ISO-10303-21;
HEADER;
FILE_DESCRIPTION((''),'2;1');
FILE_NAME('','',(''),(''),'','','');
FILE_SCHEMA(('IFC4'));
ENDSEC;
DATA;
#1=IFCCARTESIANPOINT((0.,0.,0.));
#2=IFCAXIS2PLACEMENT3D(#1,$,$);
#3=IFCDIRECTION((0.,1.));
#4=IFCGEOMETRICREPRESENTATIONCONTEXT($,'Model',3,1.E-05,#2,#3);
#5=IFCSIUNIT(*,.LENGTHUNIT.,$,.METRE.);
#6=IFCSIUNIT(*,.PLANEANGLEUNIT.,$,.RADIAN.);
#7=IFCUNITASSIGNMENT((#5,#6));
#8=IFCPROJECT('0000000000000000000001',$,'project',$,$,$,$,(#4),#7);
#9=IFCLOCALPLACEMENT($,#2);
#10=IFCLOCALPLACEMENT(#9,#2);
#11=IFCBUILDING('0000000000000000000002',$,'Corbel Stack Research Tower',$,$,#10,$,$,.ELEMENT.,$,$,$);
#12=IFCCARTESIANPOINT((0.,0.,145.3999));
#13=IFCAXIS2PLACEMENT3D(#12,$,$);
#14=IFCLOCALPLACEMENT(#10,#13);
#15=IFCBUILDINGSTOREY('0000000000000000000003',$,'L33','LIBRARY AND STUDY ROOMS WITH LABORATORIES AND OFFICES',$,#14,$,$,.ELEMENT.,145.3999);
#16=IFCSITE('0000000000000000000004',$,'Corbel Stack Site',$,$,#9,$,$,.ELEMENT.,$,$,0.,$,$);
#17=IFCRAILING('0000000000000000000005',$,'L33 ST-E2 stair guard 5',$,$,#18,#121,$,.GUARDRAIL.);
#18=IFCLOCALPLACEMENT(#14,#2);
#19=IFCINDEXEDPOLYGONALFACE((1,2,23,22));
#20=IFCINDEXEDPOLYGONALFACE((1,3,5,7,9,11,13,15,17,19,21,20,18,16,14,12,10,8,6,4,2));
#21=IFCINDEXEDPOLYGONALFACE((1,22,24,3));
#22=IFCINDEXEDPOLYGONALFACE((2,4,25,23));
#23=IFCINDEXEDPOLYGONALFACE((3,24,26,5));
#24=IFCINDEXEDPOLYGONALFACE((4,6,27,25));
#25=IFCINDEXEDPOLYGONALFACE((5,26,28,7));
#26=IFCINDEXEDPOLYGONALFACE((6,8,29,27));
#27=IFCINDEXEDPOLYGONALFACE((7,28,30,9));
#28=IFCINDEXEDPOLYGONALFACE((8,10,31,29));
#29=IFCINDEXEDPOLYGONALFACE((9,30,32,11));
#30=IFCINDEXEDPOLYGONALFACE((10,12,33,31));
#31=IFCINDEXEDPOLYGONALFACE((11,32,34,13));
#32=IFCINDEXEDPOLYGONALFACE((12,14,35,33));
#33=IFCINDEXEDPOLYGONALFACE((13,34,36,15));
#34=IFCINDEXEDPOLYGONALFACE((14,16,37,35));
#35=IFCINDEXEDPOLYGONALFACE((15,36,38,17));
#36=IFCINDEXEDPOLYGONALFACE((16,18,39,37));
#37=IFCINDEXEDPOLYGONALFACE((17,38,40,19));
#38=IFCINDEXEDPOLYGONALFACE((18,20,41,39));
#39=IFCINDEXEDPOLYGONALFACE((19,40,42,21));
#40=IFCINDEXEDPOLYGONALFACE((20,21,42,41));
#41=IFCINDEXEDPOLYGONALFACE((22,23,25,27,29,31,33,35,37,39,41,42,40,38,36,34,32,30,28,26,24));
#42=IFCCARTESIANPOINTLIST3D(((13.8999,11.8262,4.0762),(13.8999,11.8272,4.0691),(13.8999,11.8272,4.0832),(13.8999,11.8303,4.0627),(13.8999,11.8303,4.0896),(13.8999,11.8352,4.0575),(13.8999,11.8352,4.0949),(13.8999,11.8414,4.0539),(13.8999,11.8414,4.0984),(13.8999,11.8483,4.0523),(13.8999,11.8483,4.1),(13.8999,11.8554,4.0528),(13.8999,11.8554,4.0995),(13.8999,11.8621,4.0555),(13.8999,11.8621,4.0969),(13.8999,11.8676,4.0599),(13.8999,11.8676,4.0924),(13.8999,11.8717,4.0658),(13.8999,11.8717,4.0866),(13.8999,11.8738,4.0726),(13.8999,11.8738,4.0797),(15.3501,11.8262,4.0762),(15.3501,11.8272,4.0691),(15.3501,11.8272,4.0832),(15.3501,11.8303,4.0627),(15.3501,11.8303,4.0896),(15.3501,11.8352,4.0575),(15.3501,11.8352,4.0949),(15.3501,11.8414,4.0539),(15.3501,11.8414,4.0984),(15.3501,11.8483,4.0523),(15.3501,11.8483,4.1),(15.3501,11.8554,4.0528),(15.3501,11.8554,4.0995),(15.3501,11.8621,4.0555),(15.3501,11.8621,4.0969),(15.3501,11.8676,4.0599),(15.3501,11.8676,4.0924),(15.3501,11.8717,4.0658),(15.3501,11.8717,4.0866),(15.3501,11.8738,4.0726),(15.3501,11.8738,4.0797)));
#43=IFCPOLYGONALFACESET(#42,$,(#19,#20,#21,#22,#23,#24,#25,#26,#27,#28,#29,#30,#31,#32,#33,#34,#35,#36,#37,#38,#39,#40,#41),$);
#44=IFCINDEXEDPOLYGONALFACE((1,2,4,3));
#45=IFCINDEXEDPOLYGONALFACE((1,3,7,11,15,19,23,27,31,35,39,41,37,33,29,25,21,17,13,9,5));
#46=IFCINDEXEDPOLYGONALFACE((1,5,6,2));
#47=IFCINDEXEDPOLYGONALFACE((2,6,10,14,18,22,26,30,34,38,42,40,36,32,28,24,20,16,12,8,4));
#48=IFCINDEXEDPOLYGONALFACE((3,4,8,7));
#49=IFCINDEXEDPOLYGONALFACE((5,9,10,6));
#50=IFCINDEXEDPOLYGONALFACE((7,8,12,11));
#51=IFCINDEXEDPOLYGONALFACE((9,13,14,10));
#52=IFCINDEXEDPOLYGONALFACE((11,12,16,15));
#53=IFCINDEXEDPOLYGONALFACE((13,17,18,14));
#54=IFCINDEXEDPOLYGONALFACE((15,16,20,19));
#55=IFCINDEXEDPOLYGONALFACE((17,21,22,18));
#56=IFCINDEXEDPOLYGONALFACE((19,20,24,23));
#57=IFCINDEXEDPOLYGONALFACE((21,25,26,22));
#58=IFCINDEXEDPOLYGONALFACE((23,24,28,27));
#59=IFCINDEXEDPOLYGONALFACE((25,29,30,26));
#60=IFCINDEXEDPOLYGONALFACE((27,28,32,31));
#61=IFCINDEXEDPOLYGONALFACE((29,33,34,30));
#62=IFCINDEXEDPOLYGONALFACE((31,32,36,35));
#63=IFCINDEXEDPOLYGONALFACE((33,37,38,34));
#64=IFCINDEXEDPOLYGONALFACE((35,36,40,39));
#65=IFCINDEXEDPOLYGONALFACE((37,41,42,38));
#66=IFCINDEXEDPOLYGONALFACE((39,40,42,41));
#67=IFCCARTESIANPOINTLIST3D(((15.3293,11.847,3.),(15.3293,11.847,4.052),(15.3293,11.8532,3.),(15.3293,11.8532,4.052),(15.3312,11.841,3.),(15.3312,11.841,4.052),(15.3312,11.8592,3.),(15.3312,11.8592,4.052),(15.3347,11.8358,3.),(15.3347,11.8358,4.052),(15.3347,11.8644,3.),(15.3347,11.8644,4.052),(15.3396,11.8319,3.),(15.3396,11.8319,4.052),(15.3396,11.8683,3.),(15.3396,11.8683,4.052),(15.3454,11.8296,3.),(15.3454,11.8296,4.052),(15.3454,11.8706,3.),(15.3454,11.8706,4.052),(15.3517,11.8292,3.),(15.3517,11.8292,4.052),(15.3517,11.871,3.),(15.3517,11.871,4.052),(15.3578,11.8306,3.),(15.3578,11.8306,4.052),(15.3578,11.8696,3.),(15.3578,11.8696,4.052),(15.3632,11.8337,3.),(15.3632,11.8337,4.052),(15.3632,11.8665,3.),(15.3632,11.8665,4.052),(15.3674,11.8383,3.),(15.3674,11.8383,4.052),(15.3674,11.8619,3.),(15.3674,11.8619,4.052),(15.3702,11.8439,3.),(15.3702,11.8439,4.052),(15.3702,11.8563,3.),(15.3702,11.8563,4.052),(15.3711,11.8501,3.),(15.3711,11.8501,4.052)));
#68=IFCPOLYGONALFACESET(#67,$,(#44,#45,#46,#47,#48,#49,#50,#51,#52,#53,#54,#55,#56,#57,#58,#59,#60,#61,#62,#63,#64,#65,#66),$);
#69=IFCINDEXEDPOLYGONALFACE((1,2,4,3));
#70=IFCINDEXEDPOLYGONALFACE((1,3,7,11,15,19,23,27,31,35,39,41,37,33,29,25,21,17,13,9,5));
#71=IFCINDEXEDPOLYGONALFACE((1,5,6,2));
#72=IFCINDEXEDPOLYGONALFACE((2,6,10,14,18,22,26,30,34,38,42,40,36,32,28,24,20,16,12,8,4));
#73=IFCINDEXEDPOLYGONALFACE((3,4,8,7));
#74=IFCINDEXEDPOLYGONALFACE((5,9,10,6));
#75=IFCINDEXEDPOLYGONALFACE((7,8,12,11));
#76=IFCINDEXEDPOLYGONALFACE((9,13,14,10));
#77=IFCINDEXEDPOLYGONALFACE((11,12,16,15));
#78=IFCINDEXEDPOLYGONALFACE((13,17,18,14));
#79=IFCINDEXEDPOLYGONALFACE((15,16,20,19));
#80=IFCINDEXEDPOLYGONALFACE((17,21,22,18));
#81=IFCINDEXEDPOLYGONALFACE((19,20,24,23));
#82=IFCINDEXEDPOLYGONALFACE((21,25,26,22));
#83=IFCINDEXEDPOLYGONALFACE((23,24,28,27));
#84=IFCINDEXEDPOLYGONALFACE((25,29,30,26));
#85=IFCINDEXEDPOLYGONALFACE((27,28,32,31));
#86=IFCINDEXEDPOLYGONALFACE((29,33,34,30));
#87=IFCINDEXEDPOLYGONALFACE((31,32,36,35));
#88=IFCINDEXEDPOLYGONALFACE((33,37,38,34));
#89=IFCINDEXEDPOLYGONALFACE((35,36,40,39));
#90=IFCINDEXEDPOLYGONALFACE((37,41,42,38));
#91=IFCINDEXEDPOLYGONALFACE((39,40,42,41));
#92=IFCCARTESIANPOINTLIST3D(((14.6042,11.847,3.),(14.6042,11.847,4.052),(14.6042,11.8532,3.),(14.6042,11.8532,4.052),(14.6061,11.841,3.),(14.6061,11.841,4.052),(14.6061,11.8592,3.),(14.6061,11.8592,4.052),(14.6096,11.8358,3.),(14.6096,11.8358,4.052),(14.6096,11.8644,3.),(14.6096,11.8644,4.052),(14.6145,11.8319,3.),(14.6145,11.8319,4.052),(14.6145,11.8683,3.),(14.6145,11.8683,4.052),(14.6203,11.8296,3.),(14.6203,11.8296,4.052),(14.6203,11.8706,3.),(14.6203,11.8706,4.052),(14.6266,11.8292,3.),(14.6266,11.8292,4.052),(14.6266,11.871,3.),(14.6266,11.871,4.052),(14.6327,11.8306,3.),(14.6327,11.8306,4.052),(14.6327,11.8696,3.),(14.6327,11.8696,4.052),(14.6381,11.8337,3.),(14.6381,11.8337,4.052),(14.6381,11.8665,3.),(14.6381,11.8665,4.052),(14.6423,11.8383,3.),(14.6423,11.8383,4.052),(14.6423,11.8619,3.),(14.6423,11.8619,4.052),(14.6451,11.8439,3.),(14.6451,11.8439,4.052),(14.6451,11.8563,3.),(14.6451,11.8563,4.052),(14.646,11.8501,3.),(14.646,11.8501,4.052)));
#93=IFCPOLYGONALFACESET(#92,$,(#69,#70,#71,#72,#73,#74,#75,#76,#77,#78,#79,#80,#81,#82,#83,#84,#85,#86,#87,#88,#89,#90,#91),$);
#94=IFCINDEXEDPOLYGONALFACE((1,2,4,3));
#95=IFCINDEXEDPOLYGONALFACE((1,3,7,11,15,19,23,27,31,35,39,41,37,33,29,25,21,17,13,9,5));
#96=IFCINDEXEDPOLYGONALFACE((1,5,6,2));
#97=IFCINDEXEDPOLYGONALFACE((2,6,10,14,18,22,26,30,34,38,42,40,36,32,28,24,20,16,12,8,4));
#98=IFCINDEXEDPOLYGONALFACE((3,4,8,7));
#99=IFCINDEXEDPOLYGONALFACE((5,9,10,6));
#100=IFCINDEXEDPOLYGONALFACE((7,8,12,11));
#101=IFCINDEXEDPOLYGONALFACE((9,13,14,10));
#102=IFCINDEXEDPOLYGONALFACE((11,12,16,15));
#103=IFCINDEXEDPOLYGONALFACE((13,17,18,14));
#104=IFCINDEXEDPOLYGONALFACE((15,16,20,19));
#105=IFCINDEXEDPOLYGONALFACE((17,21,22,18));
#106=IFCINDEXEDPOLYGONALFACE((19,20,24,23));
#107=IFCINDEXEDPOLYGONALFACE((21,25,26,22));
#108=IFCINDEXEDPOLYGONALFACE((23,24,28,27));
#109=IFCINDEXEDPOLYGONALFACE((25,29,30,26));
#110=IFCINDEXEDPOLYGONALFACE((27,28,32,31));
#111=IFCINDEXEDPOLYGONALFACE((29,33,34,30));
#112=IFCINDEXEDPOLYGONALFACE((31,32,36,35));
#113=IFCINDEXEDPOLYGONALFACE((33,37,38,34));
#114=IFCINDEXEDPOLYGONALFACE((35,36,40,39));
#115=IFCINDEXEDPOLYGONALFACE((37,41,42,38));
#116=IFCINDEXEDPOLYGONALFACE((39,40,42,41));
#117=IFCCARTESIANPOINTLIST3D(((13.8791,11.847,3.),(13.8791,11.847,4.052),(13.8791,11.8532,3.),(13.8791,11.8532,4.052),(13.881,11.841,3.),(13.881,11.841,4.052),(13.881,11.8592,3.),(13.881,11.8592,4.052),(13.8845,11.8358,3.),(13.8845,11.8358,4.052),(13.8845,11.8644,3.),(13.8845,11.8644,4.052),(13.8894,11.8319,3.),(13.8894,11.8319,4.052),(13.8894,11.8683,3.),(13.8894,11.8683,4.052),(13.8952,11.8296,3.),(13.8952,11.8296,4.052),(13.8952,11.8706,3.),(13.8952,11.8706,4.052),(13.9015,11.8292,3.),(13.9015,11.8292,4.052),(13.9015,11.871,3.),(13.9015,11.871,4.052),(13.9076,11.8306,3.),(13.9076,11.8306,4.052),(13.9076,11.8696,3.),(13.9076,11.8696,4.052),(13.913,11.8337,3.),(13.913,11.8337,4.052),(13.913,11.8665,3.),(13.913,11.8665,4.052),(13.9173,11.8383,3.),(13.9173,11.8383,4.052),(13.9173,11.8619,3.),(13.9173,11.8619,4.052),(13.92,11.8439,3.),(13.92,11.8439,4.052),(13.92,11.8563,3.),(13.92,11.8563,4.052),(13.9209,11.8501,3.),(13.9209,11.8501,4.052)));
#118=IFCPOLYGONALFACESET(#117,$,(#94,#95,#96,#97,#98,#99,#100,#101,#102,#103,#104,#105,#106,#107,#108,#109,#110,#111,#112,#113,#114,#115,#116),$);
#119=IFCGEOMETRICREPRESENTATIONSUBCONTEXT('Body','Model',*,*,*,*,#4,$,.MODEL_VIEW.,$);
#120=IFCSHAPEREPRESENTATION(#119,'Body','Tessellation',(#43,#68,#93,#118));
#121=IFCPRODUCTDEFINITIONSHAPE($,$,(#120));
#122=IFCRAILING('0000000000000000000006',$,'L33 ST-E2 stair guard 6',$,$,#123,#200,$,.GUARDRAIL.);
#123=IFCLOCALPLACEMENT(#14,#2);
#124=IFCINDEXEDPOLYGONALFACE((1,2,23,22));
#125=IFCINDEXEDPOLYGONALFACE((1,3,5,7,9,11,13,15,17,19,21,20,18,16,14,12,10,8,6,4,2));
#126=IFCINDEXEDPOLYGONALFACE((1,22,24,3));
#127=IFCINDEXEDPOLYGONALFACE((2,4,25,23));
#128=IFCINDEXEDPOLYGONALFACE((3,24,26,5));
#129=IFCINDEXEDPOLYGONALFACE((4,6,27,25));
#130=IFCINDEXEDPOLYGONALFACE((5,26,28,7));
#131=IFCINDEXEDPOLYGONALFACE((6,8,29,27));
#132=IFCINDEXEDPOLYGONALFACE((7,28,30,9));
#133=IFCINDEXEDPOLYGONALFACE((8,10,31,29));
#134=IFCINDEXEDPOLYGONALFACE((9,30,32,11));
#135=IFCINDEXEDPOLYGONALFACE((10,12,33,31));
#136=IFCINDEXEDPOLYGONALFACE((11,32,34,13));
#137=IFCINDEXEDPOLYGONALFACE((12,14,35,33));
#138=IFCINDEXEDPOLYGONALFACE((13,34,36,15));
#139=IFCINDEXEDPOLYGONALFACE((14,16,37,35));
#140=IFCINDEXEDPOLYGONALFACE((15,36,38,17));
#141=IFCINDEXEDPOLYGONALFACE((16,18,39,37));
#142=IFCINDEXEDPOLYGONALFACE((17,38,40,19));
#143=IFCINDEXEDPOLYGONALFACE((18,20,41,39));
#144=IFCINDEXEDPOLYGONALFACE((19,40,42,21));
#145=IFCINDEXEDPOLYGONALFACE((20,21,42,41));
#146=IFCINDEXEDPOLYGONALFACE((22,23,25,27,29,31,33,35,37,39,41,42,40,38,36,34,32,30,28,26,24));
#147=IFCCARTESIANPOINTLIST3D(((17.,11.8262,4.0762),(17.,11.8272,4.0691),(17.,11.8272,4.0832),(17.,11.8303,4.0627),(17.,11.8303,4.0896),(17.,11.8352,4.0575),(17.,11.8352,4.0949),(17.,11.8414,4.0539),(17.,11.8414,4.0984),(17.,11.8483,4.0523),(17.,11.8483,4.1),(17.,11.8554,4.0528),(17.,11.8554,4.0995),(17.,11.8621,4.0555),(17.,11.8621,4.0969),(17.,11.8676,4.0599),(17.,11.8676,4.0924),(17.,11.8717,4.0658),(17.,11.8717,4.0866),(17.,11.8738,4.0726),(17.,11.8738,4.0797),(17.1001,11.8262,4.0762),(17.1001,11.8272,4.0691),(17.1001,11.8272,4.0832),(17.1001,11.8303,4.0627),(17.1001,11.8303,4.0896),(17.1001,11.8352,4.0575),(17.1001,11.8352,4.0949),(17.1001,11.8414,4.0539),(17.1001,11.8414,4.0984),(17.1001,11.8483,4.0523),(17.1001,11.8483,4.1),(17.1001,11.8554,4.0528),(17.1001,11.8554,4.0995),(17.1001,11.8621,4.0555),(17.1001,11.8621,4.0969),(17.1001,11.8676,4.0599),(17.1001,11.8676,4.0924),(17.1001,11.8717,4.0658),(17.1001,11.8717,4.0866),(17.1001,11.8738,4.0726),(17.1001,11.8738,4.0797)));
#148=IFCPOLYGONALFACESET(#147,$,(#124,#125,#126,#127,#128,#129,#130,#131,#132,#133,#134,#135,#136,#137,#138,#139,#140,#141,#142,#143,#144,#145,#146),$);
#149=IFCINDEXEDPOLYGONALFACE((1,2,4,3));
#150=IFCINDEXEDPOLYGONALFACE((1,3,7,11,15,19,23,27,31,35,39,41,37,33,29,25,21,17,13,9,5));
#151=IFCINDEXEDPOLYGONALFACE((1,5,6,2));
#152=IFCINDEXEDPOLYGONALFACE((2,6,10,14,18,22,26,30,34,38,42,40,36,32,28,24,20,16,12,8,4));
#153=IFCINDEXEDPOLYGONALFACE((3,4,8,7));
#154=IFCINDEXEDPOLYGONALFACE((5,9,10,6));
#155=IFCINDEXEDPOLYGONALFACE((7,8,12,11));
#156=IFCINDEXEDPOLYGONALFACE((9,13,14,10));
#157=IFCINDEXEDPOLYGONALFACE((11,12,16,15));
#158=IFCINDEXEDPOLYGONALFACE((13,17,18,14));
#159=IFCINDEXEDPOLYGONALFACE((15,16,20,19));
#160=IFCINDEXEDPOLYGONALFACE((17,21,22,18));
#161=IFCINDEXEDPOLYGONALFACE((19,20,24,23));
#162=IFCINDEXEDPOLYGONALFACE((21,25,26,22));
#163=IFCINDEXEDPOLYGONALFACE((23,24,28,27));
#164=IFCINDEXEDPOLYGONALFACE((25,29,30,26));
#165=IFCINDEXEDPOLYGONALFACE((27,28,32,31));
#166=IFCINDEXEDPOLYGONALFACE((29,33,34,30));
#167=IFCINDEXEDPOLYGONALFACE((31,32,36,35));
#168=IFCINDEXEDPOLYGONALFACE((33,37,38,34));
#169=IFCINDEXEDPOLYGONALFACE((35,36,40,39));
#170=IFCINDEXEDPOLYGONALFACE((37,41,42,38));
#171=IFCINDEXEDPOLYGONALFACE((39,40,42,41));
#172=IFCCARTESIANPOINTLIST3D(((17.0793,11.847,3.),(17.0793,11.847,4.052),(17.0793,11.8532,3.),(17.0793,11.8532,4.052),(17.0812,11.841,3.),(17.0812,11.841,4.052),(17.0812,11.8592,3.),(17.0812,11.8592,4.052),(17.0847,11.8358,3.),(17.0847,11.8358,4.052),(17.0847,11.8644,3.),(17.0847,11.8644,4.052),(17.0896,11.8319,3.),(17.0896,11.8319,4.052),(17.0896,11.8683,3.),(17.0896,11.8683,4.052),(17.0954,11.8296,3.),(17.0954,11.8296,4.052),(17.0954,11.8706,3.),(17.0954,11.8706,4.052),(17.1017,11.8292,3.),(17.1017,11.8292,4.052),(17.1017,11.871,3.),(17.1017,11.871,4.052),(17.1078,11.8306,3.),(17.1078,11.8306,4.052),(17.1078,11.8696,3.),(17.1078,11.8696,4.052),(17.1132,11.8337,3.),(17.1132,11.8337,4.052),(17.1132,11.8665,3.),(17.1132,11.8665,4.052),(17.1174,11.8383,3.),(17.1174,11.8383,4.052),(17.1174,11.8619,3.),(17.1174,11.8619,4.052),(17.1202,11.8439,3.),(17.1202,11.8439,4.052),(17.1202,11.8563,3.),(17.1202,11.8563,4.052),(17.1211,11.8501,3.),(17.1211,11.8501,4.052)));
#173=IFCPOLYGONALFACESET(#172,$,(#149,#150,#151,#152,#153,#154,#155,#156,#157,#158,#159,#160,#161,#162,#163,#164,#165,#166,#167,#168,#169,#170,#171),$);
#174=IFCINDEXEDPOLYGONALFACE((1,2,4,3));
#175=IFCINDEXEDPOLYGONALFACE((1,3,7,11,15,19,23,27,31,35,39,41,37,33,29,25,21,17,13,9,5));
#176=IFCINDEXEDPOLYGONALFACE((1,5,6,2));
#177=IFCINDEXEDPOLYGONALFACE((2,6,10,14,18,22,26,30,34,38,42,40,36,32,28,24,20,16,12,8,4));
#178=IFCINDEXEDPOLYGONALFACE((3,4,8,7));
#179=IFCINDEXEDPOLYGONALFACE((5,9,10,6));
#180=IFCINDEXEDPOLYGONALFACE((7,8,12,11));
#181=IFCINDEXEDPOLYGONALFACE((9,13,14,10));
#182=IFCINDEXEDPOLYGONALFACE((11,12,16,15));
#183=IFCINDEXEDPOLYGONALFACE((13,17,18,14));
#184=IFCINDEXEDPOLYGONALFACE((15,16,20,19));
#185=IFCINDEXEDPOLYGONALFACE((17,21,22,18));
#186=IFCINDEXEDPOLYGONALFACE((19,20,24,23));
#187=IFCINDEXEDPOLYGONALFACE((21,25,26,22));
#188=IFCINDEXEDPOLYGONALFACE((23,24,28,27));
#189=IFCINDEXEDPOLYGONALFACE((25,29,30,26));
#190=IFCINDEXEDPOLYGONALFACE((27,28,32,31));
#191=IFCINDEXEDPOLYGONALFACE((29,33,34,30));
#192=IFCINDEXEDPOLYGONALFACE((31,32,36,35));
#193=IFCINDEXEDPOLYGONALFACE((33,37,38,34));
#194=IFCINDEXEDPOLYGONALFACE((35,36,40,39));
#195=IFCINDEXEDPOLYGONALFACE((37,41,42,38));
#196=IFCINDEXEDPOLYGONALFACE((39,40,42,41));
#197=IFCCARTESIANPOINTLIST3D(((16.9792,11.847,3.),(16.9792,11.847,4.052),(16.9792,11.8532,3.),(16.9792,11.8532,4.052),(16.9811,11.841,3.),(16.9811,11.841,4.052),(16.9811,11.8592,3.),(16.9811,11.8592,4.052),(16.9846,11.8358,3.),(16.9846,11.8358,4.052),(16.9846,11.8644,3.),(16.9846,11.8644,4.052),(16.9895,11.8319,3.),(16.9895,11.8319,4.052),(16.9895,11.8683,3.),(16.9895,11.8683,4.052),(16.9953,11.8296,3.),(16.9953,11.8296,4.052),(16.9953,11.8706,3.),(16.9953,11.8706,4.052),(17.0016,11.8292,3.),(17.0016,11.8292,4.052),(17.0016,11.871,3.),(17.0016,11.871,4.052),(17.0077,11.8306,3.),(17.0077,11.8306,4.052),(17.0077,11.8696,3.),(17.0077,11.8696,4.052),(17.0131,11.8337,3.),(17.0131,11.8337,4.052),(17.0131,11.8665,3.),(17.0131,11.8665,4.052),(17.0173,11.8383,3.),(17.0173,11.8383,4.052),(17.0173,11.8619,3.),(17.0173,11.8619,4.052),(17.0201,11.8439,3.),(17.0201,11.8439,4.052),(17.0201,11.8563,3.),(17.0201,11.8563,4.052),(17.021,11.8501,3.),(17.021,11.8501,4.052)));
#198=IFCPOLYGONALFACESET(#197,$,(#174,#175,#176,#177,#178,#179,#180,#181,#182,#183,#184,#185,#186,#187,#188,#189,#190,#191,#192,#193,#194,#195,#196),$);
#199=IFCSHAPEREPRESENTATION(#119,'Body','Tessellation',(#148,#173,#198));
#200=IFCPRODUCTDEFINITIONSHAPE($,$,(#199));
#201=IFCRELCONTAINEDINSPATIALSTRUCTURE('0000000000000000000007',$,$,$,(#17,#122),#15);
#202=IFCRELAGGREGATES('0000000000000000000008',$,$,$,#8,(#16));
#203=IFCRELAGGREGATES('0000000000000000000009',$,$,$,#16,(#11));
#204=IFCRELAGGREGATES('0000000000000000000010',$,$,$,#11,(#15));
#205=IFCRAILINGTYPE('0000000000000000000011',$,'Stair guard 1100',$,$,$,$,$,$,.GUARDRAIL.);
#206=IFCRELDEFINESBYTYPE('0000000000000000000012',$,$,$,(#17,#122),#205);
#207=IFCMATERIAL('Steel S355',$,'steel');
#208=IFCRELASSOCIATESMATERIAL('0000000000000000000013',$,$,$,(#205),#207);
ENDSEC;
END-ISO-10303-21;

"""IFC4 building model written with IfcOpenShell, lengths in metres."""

from ifc_helpers import new_model, si_unit, direction, frame, origin, origin_2d, place, context, subcontext, project, spatial, circle, extrude, material, type_object, element, save


model = new_model("IFC4")

# Units and contexts
model_context = context("Model", 3, precision=1e-05, world=origin(), true_north=direction((0.0, 1.0)))
body_context = subcontext(model_context, "Body", "Model", "MODEL_VIEW")
ifc_project = project(units=[si_unit("LENGTHUNIT", "METRE"), si_unit("PLANEANGLEUNIT", "RADIAN")], contexts=[model_context])

# Site, building, storey
site_placement = place(None, origin())
site = spatial("IfcSite", under=ifc_project, at=site_placement, Name="Corbel Stack Site", CompositionType="ELEMENT", RefElevation=0.0)
building_placement = place(site_placement, origin())
building = spatial("IfcBuilding", under=site, at=building_placement, Name="Corbel Stack Research Tower", CompositionType="ELEMENT")
storey_placement = place(building_placement, frame((0.0, 0.0, 145.3999)))
storey = spatial("IfcBuildingStorey", under=building, at=storey_placement, Name="L33", Description="LIBRARY AND STUDY ROOMS WITH LABORATORIES AND OFFICES", CompositionType="ELEMENT", Elevation=145.3999)

# Railings
ifc_material_1 = material(Name="Steel S355", Category="steel")
railing_type_1 = type_object("IfcRailingType", Name="Stair guard 1100", PredefinedType="GUARDRAIL", material=ifc_material_1)
railing_1_placement = place(storey_placement, frame((15.3501, 11.8501, 3.0)))
element("IfcRailing", 1, at=railing_1_placement, inside=storey, type_object=railing_type_1, Name="L33 ST-E2 stair guard 5", PredefinedType="GUARDRAIL", context=body_context, shape_type="SweptSolid", body=[
    extrude(circle(Radius=0.0239, at=origin_2d()), frame((0.0, 0.0, 1.0762), z_axis=(-1.0, 0.0, 0.0), x_axis=(0.0, -1.0, 0.0)), (0.0, 0.0, 1.0), 1.4502),
    extrude(circle(Radius=0.021, at=origin_2d()), origin(), (0.0, 0.0, 1.0), 1.052),
    extrude(circle(Radius=0.021, at=origin_2d()), frame((-0.7251, 0.0, 0.0)), (0.0, 0.0, 1.0), 1.052),
    extrude(circle(Radius=0.021, at=origin_2d()), frame((-1.4502, 0.0, 0.0)), (0.0, 0.0, 1.0), 1.052),
])
railing_2_placement = place(storey_placement, frame((17.1001, 11.8501, 3.0)))
element("IfcRailing", 2, at=railing_2_placement, inside=storey, type_object=railing_type_1, Name="L33 ST-E2 stair guard 6", PredefinedType="GUARDRAIL", context=body_context, shape_type="SweptSolid", body=[
    extrude(circle(Radius=0.0239, at=origin_2d()), frame((0.0, 0.0, 1.0762), z_axis=(-1.0, 0.0, 0.0), x_axis=(0.0, -1.0, 0.0)), (0.0, 0.0, 1.0), 0.1001),
    extrude(circle(Radius=0.021, at=origin_2d()), origin(), (0.0, 0.0, 1.0), 1.052),
    extrude(circle(Radius=0.021, at=origin_2d()), frame((-0.1001, 0.0, 0.0)), (0.0, 0.0, 1.0), 1.052),
])

save(model, "model.ifc")
